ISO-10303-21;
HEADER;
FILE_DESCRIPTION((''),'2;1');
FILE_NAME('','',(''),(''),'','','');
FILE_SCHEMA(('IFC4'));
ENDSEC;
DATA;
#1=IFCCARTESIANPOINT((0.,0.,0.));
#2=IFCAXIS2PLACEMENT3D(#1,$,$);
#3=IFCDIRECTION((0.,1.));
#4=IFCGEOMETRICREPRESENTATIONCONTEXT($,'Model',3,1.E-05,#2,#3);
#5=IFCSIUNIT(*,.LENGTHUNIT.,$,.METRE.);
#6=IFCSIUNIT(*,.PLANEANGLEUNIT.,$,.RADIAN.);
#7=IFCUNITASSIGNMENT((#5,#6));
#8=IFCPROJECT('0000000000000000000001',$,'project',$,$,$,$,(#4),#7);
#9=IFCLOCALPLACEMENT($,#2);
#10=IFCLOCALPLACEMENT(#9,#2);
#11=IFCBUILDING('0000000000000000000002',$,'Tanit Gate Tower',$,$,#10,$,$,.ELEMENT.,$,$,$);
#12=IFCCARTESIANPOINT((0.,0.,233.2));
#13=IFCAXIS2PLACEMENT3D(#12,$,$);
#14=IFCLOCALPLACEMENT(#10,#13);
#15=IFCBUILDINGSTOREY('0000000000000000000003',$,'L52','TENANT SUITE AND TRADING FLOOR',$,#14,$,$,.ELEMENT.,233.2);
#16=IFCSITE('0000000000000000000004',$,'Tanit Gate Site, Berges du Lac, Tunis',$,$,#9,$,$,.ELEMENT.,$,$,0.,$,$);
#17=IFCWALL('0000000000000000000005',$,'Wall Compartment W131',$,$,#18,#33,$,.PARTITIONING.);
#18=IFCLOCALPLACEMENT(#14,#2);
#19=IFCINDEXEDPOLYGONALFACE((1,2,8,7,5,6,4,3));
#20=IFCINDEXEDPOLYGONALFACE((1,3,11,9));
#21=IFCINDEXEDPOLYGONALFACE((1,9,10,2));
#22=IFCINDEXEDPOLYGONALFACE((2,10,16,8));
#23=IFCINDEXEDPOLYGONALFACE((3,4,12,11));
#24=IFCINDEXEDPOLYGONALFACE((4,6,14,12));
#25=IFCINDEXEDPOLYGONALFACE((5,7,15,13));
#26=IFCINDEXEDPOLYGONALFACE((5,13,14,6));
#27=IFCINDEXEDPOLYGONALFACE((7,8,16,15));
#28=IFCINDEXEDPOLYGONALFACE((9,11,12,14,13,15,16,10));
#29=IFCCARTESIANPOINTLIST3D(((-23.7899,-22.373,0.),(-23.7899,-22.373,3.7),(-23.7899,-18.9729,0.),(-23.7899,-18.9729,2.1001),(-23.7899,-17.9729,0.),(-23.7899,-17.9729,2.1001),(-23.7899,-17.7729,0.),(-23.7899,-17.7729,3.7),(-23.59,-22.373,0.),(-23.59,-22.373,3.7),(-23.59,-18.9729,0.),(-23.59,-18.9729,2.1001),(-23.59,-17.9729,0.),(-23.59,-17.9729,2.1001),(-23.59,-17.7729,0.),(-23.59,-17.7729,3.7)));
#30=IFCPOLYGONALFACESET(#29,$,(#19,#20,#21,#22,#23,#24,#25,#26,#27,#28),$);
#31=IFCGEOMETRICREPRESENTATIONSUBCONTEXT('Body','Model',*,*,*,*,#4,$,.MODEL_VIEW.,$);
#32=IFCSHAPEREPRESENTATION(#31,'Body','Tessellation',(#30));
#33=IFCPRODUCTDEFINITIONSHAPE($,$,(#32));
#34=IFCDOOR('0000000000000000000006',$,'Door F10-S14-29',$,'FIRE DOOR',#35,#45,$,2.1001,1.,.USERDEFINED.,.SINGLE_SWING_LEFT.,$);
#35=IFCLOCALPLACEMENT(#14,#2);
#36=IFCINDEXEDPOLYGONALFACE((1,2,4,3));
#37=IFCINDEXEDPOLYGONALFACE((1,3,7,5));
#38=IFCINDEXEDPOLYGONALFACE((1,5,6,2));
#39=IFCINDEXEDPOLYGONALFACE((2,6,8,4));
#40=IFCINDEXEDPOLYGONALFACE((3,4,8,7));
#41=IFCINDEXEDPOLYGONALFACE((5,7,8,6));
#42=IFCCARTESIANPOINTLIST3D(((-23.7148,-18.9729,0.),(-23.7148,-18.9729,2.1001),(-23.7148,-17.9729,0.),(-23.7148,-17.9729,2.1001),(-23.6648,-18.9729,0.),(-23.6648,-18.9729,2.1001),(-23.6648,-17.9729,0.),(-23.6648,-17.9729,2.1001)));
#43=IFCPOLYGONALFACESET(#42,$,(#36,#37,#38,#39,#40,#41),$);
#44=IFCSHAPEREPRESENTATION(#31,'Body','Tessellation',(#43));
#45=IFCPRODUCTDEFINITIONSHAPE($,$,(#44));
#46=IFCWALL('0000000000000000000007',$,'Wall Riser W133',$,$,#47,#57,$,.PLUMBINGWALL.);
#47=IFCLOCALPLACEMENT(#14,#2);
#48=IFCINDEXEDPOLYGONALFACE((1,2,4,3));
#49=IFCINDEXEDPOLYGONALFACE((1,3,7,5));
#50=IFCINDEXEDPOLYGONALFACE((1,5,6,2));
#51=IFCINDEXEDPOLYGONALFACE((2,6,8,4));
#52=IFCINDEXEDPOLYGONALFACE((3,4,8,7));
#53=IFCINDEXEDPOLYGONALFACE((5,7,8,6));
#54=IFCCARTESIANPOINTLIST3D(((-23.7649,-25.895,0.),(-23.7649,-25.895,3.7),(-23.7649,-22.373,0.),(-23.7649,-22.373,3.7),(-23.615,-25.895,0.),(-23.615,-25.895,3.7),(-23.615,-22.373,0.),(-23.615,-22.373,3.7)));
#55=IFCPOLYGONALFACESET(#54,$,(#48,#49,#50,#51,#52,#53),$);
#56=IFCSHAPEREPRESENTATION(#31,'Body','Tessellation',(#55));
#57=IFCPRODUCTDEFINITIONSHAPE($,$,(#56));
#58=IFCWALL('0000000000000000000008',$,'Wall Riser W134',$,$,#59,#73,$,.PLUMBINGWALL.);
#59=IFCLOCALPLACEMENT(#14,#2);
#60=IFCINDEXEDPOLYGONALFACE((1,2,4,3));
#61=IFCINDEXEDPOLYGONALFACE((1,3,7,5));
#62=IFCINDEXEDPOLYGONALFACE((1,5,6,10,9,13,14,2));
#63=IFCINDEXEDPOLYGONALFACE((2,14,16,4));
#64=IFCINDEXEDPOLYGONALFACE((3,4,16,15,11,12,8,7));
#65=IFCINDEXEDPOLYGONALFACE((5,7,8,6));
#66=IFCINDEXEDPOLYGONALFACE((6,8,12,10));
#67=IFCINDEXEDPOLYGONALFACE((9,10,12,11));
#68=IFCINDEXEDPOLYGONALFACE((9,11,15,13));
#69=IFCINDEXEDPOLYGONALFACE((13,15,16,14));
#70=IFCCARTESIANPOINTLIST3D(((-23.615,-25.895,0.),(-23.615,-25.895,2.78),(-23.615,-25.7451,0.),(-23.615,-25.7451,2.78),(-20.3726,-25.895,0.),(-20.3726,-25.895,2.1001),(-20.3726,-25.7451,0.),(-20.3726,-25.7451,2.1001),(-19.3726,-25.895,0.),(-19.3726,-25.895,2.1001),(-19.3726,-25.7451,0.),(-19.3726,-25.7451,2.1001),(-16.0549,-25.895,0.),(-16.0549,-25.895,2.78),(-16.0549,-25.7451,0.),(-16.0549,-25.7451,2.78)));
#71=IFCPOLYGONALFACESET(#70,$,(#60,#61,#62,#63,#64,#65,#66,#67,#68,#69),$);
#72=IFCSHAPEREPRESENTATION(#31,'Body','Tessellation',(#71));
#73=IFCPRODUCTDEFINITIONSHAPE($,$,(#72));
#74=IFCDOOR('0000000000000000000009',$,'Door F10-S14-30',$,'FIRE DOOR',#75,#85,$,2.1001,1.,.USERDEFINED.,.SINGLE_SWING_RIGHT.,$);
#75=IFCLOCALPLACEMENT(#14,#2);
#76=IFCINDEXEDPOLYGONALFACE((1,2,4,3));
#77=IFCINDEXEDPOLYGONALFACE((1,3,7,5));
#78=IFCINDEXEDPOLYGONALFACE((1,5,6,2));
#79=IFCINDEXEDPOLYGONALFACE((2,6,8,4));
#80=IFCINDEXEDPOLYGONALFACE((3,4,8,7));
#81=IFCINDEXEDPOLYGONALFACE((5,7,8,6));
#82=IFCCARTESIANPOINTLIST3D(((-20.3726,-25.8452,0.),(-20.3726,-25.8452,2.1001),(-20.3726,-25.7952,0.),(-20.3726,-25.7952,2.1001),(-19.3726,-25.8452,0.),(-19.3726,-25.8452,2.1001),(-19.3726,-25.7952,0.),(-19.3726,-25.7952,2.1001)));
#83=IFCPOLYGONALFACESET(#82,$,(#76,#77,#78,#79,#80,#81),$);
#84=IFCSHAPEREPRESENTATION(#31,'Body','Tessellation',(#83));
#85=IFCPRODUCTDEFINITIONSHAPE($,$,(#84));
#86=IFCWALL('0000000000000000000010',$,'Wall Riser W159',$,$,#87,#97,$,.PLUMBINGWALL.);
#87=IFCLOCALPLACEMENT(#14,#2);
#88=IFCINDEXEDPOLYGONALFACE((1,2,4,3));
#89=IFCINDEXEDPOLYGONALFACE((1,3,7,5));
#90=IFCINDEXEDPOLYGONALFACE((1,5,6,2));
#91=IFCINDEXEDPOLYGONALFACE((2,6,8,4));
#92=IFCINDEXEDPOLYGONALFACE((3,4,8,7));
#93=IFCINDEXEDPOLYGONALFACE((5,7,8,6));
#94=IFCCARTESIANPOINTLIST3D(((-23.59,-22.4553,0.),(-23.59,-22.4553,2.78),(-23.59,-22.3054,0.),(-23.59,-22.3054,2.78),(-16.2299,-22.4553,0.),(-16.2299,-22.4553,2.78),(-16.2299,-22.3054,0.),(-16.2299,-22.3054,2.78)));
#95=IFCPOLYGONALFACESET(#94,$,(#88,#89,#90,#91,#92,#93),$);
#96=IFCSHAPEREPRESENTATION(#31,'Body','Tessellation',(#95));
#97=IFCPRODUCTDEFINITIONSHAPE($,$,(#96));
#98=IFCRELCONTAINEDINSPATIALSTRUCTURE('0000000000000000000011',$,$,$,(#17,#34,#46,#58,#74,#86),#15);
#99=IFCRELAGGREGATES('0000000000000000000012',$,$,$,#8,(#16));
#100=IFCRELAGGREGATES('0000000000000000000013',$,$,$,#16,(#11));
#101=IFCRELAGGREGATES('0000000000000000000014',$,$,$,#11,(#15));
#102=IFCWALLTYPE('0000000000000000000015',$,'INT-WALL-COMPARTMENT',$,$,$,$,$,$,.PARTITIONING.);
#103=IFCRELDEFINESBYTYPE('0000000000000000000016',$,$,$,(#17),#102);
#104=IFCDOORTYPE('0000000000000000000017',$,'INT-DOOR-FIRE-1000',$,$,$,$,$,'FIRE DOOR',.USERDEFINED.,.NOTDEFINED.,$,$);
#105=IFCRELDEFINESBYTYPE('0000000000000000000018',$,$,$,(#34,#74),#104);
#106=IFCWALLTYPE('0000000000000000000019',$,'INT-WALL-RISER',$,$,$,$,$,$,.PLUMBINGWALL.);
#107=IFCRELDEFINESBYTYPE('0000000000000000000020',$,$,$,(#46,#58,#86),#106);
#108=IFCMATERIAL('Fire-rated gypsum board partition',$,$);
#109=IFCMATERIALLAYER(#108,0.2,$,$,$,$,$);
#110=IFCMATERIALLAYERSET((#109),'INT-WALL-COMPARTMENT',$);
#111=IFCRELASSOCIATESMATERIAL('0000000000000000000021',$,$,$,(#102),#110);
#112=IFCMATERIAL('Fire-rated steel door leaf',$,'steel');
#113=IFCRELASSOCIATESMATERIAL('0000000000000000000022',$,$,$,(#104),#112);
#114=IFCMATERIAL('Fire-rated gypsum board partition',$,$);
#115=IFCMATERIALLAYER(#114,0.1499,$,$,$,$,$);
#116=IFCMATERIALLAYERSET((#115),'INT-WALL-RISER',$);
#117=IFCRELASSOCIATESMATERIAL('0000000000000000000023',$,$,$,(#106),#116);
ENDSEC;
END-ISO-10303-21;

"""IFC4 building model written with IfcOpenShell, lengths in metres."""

from ifc_helpers import new_model, si_unit, direction, frame, frame_2d, origin, place, context, subcontext, project, spatial, rectangle, extrude, material, layer, layer_set, type_object, element, fill, save


model = new_model("IFC4")

# Units and contexts
model_context = context("Model", 3, precision=1e-05, world=origin(), true_north=direction((0.0, 1.0)))
body_context = subcontext(model_context, "Body", "Model", "MODEL_VIEW")
ifc_project = project(units=[si_unit("LENGTHUNIT", "METRE"), si_unit("PLANEANGLEUNIT", "RADIAN")], contexts=[model_context])

# Site, building, storey
site_placement = place(None, origin())
site = spatial("IfcSite", under=ifc_project, at=site_placement, Name="Tanit Gate Site, Berges du Lac, Tunis", CompositionType="ELEMENT", RefElevation=0.0)
building_placement = place(site_placement, origin())
building = spatial("IfcBuilding", under=site, at=building_placement, Name="Tanit Gate Tower", CompositionType="ELEMENT")
storey_placement = place(building_placement, frame((0.0, 0.0, 233.2)))
storey = spatial("IfcBuildingStorey", under=building, at=storey_placement, Name="L52", Description="TENANT SUITE AND TRADING FLOOR", CompositionType="ELEMENT", Elevation=233.2)

# Shared definitions
ifc_material_1 = material(Name="Fire-rated gypsum board partition")
ifc_layer_1 = layer(ifc_material_1, 0.2)
ifc_layer_set_1 = layer_set([ifc_layer_1], Name="INT-WALL-COMPARTMENT")
wall_type_1 = type_object("IfcWallType", Name="INT-WALL-COMPARTMENT", PredefinedType="PARTITIONING", material=ifc_layer_set_1)

# Wall, opening, door
wall_1_placement = place(storey_placement, frame((-23.6899, -22.373, 0.0), z_axis=(0.0, 0.0, 1.0), x_axis=(0.0, 1.0, 0.0)))
wall_1 = element("IfcWall", 1, at=wall_1_placement, inside=storey, type_object=wall_type_1, Name="Wall Compartment W131", PredefinedType="PARTITIONING", context=body_context, shape_type="SweptSolid", body=[
    extrude(rectangle(XDim=4.6001, YDim=0.2, at=frame_2d((2.3, 0.0))), origin(), (0.0, 0.0, 1.0), 3.7),
])
opening_1_placement = place(wall_1_placement, frame((3.4001, 0.0, 0.0)))
opening_1 = element("IfcOpeningElement", 2, at=opening_1_placement, cuts=wall_1, PredefinedType="OPENING", context=body_context, shape_type="SweptSolid", body=[
    extrude(rectangle(XDim=1.0, YDim=2.1001, at=frame_2d((0.5, 1.05))), frame((0.0, 0.1099, 0.0), z_axis=(0.0, -1.0, 0.0), x_axis=(1.0, 0.0, 0.0)), (0.0, 0.0, 1.0), 0.22),
])
ifc_material_2 = material(Name="Fire-rated steel door leaf", Category="steel")
door_type = type_object("IfcDoorType", Name="INT-DOOR-FIRE-1000", ElementType="FIRE DOOR", OperationType="NOTDEFINED", PredefinedType="USERDEFINED", material=ifc_material_2)
door_1_placement = place(opening_1_placement, origin())
door_1 = element("IfcDoor", 3, at=door_1_placement, inside=storey, type_object=door_type, Name="Door F10-S14-29", ObjectType="FIRE DOOR", OperationType="SINGLE_SWING_LEFT", OverallHeight=2.1001, OverallWidth=1.0, PredefinedType="USERDEFINED", context=body_context, shape_type="SweptSolid", body=[
    extrude(rectangle(XDim=1.0, YDim=2.1001, at=frame_2d((0.5, 1.05))), frame((0.0, 0.0249, 0.0), z_axis=(0.0, -1.0, 0.0), x_axis=(1.0, 0.0, 0.0)), (0.0, 0.0, 1.0), 0.05),
])
fill(opening_1, door_1)

# Wall
ifc_material_3 = material(Name="Fire-rated gypsum board partition")
ifc_layer_2 = layer(ifc_material_3, 0.1499)
ifc_layer_set_2 = layer_set([ifc_layer_2], Name="INT-WALL-RISER")
wall_type_2 = type_object("IfcWallType", Name="INT-WALL-RISER", PredefinedType="PLUMBINGWALL", material=ifc_layer_set_2)
wall_2_placement = place(storey_placement, frame((-23.6899, -25.895, 0.0), z_axis=(0.0, 0.0, 1.0), x_axis=(0.0, 1.0, 0.0)))
element("IfcWall", 4, at=wall_2_placement, inside=storey, type_object=wall_type_2, Name="Wall Riser W133", PredefinedType="PLUMBINGWALL", context=body_context, shape_type="SweptSolid", body=[
    extrude(rectangle(XDim=3.522, YDim=0.1499, at=frame_2d((1.761, 0.0))), origin(), (0.0, 0.0, 1.0), 3.7),
])

# Wall, opening, door
wall_3_placement = place(storey_placement, frame((-23.615, -25.8201, 0.0), z_axis=(0.0, 0.0, 1.0), x_axis=(1.0, 0.0, 0.0)))
wall_3 = element("IfcWall", 5, at=wall_3_placement, inside=storey, type_object=wall_type_2, Name="Wall Riser W134", PredefinedType="PLUMBINGWALL", context=body_context, shape_type="SweptSolid", body=[
    extrude(rectangle(XDim=7.5601, YDim=0.1499, at=frame_2d((3.78, 0.0))), origin(), (0.0, 0.0, 1.0), 2.78),
])
opening_2_placement = place(wall_3_placement, frame((3.2424, 0.0, 0.0)))
opening_2 = element("IfcOpeningElement", 6, at=opening_2_placement, cuts=wall_3, PredefinedType="OPENING", context=body_context, shape_type="SweptSolid", body=[
    extrude(rectangle(XDim=1.0, YDim=2.1001, at=frame_2d((0.5, 1.05))), frame((0.0, 0.085, 0.0), z_axis=(0.0, -1.0, 0.0), x_axis=(1.0, 0.0, 0.0)), (0.0, 0.0, 1.0), 0.1699),
])
door_2_placement = place(opening_2_placement, origin())
door_2 = element("IfcDoor", 7, at=door_2_placement, inside=storey, type_object=door_type, Name="Door F10-S14-30", ObjectType="FIRE DOOR", OperationType="SINGLE_SWING_RIGHT", OverallHeight=2.1001, OverallWidth=1.0, PredefinedType="USERDEFINED", context=body_context, shape_type="SweptSolid", body=[
    extrude(rectangle(XDim=1.0, YDim=2.1001, at=frame_2d((0.5, 1.05))), frame((0.0, 0.0249, 0.0), z_axis=(0.0, -1.0, 0.0), x_axis=(1.0, 0.0, 0.0)), (0.0, 0.0, 1.0), 0.05),
])
fill(opening_2, door_2)

# Wall
wall_4_placement = place(storey_placement, frame((-23.5901, -22.3804, 0.0), z_axis=(0.0, 0.0, 1.0), x_axis=(1.0, 0.0, 0.0)))
element("IfcWall", 8, at=wall_4_placement, inside=storey, type_object=wall_type_2, Name="Wall Riser W159", PredefinedType="PLUMBINGWALL", context=body_context, shape_type="SweptSolid", body=[
    extrude(rectangle(XDim=7.3601, YDim=0.1499, at=frame_2d((3.6802, 0.0))), origin(), (0.0, 0.0, 1.0), 2.78),
])

save(model, "model.ifc")
